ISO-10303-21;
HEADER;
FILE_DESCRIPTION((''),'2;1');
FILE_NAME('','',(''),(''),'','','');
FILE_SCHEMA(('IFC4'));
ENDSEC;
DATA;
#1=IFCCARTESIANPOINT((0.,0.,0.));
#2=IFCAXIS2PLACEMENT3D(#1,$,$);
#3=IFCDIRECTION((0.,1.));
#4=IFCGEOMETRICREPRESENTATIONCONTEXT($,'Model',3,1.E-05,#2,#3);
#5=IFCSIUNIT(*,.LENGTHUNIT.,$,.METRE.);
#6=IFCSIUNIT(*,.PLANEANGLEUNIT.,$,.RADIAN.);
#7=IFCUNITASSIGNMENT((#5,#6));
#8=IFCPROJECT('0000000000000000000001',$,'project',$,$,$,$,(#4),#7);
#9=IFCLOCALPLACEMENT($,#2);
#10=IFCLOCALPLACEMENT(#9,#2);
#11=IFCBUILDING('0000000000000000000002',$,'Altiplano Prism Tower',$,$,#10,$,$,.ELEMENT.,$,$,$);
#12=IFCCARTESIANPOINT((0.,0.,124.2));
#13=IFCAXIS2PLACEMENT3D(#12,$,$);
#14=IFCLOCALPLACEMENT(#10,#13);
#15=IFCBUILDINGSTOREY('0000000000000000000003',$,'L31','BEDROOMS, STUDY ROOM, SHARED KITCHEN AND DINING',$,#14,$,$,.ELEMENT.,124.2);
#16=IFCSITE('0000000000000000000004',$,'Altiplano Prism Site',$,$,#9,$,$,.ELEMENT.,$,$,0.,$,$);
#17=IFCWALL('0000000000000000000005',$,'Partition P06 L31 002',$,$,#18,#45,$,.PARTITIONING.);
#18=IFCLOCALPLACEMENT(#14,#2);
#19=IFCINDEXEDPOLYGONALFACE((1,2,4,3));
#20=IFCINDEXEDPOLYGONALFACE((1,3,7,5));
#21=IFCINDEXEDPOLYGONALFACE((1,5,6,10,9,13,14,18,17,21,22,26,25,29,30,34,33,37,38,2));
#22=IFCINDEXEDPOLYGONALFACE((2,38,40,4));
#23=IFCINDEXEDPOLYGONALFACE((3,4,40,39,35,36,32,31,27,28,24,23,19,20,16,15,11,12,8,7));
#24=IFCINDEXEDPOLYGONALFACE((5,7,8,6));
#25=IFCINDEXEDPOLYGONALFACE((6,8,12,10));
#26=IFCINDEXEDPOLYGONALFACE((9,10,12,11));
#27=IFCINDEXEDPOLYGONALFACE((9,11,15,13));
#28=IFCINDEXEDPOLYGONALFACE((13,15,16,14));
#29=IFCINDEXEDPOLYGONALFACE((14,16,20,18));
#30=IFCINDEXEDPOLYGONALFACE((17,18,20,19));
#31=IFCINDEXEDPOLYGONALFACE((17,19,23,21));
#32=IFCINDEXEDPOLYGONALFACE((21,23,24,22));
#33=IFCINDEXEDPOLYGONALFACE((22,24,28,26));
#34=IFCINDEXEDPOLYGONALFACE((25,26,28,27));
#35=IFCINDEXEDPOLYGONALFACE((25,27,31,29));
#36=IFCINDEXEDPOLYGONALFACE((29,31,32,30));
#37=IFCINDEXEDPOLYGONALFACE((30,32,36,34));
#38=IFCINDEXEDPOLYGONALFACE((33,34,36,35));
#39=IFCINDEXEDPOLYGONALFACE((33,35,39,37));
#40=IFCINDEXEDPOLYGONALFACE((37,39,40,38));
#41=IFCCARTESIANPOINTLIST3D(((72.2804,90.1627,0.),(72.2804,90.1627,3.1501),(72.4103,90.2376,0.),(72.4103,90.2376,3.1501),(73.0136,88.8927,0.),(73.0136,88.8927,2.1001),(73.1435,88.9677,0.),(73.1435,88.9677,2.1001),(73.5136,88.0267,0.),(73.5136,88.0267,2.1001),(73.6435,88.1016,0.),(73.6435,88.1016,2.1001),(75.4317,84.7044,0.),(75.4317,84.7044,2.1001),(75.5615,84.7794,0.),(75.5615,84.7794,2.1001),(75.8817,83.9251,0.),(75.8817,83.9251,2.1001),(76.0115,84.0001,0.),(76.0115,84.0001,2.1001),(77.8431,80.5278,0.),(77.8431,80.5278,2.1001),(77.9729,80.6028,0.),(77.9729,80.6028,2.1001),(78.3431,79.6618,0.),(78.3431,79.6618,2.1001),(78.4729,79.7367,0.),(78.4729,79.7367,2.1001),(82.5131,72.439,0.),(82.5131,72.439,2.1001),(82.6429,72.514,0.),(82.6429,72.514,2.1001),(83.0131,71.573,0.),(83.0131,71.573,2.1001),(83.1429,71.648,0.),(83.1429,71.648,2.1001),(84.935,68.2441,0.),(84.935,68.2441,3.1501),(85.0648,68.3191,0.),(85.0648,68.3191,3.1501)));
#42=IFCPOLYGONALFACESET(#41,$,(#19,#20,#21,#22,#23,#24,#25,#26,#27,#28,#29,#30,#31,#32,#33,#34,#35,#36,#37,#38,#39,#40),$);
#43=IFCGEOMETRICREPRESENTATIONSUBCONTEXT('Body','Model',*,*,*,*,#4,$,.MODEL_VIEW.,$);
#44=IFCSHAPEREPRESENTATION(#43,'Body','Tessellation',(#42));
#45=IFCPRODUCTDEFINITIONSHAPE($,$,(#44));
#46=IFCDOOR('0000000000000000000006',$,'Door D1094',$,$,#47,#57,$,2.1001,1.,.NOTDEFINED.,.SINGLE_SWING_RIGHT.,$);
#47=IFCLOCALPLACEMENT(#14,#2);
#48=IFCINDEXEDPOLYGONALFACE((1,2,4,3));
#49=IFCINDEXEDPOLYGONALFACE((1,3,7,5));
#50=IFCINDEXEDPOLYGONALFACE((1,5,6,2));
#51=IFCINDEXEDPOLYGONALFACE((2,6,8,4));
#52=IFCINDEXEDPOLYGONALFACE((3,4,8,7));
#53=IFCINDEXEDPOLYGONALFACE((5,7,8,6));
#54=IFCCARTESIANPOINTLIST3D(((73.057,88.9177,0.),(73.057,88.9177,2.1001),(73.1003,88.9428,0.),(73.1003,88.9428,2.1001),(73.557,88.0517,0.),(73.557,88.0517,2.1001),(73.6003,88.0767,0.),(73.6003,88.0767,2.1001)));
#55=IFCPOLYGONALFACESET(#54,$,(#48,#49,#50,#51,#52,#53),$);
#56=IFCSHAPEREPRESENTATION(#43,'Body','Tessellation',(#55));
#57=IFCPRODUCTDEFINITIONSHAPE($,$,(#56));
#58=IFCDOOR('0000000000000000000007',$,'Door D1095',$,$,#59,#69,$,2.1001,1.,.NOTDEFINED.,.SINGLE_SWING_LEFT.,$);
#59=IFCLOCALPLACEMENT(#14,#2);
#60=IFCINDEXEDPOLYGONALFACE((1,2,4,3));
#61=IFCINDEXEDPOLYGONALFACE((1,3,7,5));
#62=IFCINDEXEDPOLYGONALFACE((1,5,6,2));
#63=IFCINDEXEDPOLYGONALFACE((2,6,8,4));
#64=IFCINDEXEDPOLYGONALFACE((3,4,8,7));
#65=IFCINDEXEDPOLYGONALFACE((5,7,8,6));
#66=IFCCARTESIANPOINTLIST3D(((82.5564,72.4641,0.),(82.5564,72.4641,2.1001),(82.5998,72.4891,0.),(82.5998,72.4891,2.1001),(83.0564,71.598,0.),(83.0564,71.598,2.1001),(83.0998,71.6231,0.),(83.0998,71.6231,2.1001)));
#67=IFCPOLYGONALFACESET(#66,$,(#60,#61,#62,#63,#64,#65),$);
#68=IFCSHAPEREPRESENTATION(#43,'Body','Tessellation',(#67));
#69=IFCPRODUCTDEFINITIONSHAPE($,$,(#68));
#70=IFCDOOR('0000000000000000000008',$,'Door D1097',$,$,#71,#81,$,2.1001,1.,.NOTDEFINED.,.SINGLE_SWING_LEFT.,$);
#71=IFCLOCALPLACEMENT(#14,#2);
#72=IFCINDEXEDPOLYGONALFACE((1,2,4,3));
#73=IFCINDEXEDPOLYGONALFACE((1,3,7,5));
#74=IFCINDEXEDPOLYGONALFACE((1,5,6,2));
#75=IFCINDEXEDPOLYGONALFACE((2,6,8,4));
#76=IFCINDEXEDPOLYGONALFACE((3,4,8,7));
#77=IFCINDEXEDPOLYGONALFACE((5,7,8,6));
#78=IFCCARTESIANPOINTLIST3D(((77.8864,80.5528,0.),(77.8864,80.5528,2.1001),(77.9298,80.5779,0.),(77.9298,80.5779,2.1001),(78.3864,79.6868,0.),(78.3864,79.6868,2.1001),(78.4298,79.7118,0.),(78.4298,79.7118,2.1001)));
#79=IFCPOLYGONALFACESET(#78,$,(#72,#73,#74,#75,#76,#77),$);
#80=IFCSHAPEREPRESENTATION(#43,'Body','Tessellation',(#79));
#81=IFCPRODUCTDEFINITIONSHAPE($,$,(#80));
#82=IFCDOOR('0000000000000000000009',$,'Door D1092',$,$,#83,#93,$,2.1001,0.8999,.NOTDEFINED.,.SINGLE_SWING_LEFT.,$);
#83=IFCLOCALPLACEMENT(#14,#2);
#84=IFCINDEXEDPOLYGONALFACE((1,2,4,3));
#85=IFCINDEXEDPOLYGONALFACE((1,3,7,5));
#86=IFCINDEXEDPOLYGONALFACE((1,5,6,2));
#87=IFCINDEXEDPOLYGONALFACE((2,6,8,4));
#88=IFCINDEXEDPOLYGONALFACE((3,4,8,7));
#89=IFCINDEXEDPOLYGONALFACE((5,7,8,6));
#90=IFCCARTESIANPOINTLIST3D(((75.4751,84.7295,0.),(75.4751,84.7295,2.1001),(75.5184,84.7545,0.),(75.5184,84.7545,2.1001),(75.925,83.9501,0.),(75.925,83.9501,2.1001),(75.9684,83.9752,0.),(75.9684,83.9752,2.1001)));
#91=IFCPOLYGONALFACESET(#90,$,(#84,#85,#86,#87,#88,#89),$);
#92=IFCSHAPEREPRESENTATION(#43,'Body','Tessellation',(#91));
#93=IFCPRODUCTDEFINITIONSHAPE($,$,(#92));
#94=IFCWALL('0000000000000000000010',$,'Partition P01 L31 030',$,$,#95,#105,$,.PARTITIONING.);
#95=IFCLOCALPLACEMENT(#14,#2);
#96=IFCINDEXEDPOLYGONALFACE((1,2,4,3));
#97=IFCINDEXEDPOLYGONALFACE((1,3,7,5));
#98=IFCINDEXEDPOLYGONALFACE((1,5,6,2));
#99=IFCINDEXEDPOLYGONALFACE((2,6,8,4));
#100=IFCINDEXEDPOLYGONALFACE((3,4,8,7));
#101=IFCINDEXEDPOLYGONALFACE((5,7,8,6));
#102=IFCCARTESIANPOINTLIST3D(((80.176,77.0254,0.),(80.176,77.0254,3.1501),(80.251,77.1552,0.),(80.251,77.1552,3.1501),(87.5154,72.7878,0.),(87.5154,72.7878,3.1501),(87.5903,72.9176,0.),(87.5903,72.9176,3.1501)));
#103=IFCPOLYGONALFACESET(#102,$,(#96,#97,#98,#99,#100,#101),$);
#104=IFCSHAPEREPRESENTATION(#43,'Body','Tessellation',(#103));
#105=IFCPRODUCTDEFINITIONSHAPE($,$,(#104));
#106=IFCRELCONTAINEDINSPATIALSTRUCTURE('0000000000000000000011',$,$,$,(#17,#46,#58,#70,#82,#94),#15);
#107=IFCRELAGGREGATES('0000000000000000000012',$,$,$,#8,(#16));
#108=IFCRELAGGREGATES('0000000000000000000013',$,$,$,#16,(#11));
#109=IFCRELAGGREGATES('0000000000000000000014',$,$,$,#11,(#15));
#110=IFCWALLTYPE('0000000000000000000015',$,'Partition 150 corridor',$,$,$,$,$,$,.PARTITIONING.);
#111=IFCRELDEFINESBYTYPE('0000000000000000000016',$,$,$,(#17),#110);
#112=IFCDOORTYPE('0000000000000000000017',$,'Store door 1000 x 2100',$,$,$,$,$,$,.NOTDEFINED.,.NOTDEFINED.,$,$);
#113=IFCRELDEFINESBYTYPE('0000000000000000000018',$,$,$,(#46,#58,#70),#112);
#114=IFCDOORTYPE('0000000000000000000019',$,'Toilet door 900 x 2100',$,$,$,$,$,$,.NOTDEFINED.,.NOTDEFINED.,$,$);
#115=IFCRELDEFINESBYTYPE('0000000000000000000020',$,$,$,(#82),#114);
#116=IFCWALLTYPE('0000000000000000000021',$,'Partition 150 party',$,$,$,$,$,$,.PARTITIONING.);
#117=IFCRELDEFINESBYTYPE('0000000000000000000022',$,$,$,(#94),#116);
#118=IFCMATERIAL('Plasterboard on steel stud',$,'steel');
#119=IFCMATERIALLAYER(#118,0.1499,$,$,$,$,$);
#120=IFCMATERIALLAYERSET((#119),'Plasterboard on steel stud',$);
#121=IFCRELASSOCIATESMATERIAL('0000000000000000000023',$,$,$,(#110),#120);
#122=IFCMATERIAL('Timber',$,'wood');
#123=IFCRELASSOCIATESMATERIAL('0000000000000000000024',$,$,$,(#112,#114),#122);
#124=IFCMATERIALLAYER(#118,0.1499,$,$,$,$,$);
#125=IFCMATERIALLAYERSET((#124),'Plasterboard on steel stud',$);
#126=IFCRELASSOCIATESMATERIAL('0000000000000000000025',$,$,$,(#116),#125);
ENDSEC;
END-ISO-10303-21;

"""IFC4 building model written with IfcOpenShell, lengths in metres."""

from ifc_helpers import new_model, si_unit, direction, frame, frame_2d, origin, place, context, subcontext, project, spatial, rectangle, extrude, material, layer, layer_set, type_object, element, fill, save


model = new_model("IFC4")

# Units and contexts
model_context = context("Model", 3, precision=1e-05, world=origin(), true_north=direction((0.0, 1.0)))
body_context = subcontext(model_context, "Body", "Model", "MODEL_VIEW")
ifc_project = project(units=[si_unit("LENGTHUNIT", "METRE"), si_unit("PLANEANGLEUNIT", "RADIAN")], contexts=[model_context])

# Site, building, storey
site_placement = place(None, origin())
site = spatial("IfcSite", under=ifc_project, at=site_placement, Name="Altiplano Prism Site", CompositionType="ELEMENT", RefElevation=0.0)
building_placement = place(site_placement, origin())
building = spatial("IfcBuilding", under=site, at=building_placement, Name="Altiplano Prism Tower", CompositionType="ELEMENT")
storey_placement = place(building_placement, frame((0.0, 0.0, 124.2)))
storey = spatial("IfcBuildingStorey", under=building, at=storey_placement, Name="L31", Description="BEDROOMS, STUDY ROOM, SHARED KITCHEN AND DINING", CompositionType="ELEMENT", Elevation=124.2)

# Shared definitions
ifc_material_1 = material(Name="Plasterboard on steel stud", Category="steel")
ifc_material_2 = material(Name="Timber", Category="wood")

# Wall, openings, doors
ifc_layer_1 = layer(ifc_material_1, 0.1499)
ifc_layer_set_1 = layer_set([ifc_layer_1], Name="Plasterboard on steel stud")
wall_type_1 = type_object("IfcWallType", Name="Partition 150 corridor", PredefinedType="PARTITIONING", material=ifc_layer_set_1)
wall_1_placement = place(storey_placement, frame((85.0, 68.2815, 0.0), z_axis=(0.0, 0.0, 1.0), x_axis=(-0.499997, 0.866027, 0.0)))
wall_1 = element("IfcWall", 1, at=wall_1_placement, inside=storey, type_object=wall_type_1, Name="Partition P06 L31 002", PredefinedType="PARTITIONING", context=body_context, shape_type="SweptSolid", body=[
    extrude(rectangle(XDim=25.3093, YDim=0.1499, at=frame_2d((12.6548, 0.0))), origin(), (0.0, 0.0, 1.0), 3.1501),
])
opening_1_placement = place(wall_1_placement, frame((18.1069, 0.0, 0.0)))
opening_1 = element("IfcOpeningElement", 2, at=opening_1_placement, cuts=wall_1, PredefinedType="OPENING", context=body_context, shape_type="SweptSolid", body=[
    extrude(rectangle(XDim=0.8999, YDim=2.1001, at=frame_2d((0.45, 1.05))), frame((0.0, 0.0854, 0.0), z_axis=(0.0, -1.0, 0.0), x_axis=(1.0, 0.0, 0.0)), (0.0, 0.0, 1.0), 0.1709),
])
opening_2_placement = place(wall_1_placement, frame((22.843, 0.0, 0.0)))
opening_2 = element("IfcOpeningElement", 3, at=opening_2_placement, cuts=wall_1, PredefinedType="OPENING", context=body_context, shape_type="SweptSolid", body=[
    extrude(rectangle(XDim=1.0, YDim=2.1001, at=frame_2d((0.5, 1.05))), frame((0.0, 0.0854, 0.0), z_axis=(0.0, -1.0, 0.0), x_axis=(1.0, 0.0, 0.0)), (0.0, 0.0, 1.0), 0.1709),
])
opening_3_placement = place(wall_1_placement, frame((3.844, 0.0, 0.0)))
opening_3 = element("IfcOpeningElement", 4, at=opening_3_placement, cuts=wall_1, PredefinedType="OPENING", context=body_context, shape_type="SweptSolid", body=[
    extrude(rectangle(XDim=1.0, YDim=2.1001, at=frame_2d((0.5, 1.05))), frame((0.0, 0.0854, 0.0), z_axis=(0.0, -1.0, 0.0), x_axis=(1.0, 0.0, 0.0)), (0.0, 0.0, 1.0), 0.1709),
])
opening_4_placement = place(wall_1_placement, frame((13.1841, 0.0, 0.0)))
opening_4 = element("IfcOpeningElement", 5, at=opening_4_placement, cuts=wall_1, PredefinedType="OPENING", context=body_context, shape_type="SweptSolid", body=[
    extrude(rectangle(XDim=1.0, YDim=2.1001, at=frame_2d((0.5, 1.05))), frame((0.0, 0.0854, 0.0), z_axis=(0.0, -1.0, 0.0), x_axis=(1.0, 0.0, 0.0)), (0.0, 0.0, 1.0), 0.1709),
])
door_type_1 = type_object("IfcDoorType", Name="Store door 1000 x 2100", OperationType="NOTDEFINED", PredefinedType="NOTDEFINED", material=ifc_material_2)
door_1_placement = place(opening_2_placement, origin())
door_1 = element("IfcDoor", 6, at=door_1_placement, inside=storey, type_object=door_type_1, Name="Door D1094", OperationType="SINGLE_SWING_RIGHT", OverallHeight=2.1001, OverallWidth=1.0, PredefinedType="NOTDEFINED", context=body_context, shape_type="SweptSolid", body=[
    extrude(rectangle(XDim=1.0, YDim=2.1001, at=frame_2d((0.5, 1.05))), frame((0.0, 0.0249, 0.0), z_axis=(0.0, -1.0, 0.0), x_axis=(1.0, 0.0, 0.0)), (0.0, 0.0, 1.0), 0.05),
])
fill(opening_2, door_1)
door_2_placement = place(opening_3_placement, origin())
door_2 = element("IfcDoor", 7, at=door_2_placement, inside=storey, type_object=door_type_1, Name="Door D1095", OperationType="SINGLE_SWING_LEFT", OverallHeight=2.1001, OverallWidth=1.0, PredefinedType="NOTDEFINED", context=body_context, shape_type="SweptSolid", body=[
    extrude(rectangle(XDim=1.0, YDim=2.1001, at=frame_2d((0.5, 1.05))), frame((0.0, 0.0249, 0.0), z_axis=(0.0, -1.0, 0.0), x_axis=(1.0, 0.0, 0.0)), (0.0, 0.0, 1.0), 0.05),
])
fill(opening_3, door_2)
door_3_placement = place(opening_4_placement, origin())
door_3 = element("IfcDoor", 8, at=door_3_placement, inside=storey, type_object=door_type_1, Name="Door D1097", OperationType="SINGLE_SWING_LEFT", OverallHeight=2.1001, OverallWidth=1.0, PredefinedType="NOTDEFINED", context=body_context, shape_type="SweptSolid", body=[
    extrude(rectangle(XDim=1.0, YDim=2.1001, at=frame_2d((0.5, 1.05))), frame((0.0, 0.0249, 0.0), z_axis=(0.0, -1.0, 0.0), x_axis=(1.0, 0.0, 0.0)), (0.0, 0.0, 1.0), 0.05),
])
fill(opening_4, door_3)
door_type_2 = type_object("IfcDoorType", Name="Toilet door 900 x 2100", OperationType="NOTDEFINED", PredefinedType="NOTDEFINED", material=ifc_material_2)
door_4_placement = place(opening_1_placement, origin())
door_4 = element("IfcDoor", 9, at=door_4_placement, inside=storey, type_object=door_type_2, Name="Door D1092", OperationType="SINGLE_SWING_LEFT", OverallHeight=2.1001, OverallWidth=0.8999, PredefinedType="NOTDEFINED", context=body_context, shape_type="SweptSolid", body=[
    extrude(rectangle(XDim=0.8999, YDim=2.1001, at=frame_2d((0.45, 1.05))), frame((0.0, 0.0249, 0.0), z_axis=(0.0, -1.0, 0.0), x_axis=(1.0, 0.0, 0.0)), (0.0, 0.0, 1.0), 0.05),
])
fill(opening_1, door_4)

# Wall
ifc_layer_2 = layer(ifc_material_1, 0.1499)
ifc_layer_set_2 = layer_set([ifc_layer_2], Name="Plasterboard on steel stud")
wall_type_2 = type_object("IfcWallType", Name="Partition 150 party", PredefinedType="PARTITIONING", material=ifc_layer_set_2)
wall_2_placement = place(storey_placement, frame((87.5527, 72.8528, 0.0), z_axis=(0.0, 0.0, 1.0), x_axis=(-0.866017, 0.500015, 0.0)))
element("IfcWall", 10, at=wall_2_placement, inside=storey, type_object=wall_type_2, Name="Partition P01 L31 030", PredefinedType="PARTITIONING", context=body_context, shape_type="SweptSolid", body=[
    extrude(rectangle(XDim=8.4749, YDim=0.1499, at=frame_2d((4.2373, 0.0))), origin(), (0.0, 0.0, 1.0), 3.1501),
])

save(model, "model.ifc")
